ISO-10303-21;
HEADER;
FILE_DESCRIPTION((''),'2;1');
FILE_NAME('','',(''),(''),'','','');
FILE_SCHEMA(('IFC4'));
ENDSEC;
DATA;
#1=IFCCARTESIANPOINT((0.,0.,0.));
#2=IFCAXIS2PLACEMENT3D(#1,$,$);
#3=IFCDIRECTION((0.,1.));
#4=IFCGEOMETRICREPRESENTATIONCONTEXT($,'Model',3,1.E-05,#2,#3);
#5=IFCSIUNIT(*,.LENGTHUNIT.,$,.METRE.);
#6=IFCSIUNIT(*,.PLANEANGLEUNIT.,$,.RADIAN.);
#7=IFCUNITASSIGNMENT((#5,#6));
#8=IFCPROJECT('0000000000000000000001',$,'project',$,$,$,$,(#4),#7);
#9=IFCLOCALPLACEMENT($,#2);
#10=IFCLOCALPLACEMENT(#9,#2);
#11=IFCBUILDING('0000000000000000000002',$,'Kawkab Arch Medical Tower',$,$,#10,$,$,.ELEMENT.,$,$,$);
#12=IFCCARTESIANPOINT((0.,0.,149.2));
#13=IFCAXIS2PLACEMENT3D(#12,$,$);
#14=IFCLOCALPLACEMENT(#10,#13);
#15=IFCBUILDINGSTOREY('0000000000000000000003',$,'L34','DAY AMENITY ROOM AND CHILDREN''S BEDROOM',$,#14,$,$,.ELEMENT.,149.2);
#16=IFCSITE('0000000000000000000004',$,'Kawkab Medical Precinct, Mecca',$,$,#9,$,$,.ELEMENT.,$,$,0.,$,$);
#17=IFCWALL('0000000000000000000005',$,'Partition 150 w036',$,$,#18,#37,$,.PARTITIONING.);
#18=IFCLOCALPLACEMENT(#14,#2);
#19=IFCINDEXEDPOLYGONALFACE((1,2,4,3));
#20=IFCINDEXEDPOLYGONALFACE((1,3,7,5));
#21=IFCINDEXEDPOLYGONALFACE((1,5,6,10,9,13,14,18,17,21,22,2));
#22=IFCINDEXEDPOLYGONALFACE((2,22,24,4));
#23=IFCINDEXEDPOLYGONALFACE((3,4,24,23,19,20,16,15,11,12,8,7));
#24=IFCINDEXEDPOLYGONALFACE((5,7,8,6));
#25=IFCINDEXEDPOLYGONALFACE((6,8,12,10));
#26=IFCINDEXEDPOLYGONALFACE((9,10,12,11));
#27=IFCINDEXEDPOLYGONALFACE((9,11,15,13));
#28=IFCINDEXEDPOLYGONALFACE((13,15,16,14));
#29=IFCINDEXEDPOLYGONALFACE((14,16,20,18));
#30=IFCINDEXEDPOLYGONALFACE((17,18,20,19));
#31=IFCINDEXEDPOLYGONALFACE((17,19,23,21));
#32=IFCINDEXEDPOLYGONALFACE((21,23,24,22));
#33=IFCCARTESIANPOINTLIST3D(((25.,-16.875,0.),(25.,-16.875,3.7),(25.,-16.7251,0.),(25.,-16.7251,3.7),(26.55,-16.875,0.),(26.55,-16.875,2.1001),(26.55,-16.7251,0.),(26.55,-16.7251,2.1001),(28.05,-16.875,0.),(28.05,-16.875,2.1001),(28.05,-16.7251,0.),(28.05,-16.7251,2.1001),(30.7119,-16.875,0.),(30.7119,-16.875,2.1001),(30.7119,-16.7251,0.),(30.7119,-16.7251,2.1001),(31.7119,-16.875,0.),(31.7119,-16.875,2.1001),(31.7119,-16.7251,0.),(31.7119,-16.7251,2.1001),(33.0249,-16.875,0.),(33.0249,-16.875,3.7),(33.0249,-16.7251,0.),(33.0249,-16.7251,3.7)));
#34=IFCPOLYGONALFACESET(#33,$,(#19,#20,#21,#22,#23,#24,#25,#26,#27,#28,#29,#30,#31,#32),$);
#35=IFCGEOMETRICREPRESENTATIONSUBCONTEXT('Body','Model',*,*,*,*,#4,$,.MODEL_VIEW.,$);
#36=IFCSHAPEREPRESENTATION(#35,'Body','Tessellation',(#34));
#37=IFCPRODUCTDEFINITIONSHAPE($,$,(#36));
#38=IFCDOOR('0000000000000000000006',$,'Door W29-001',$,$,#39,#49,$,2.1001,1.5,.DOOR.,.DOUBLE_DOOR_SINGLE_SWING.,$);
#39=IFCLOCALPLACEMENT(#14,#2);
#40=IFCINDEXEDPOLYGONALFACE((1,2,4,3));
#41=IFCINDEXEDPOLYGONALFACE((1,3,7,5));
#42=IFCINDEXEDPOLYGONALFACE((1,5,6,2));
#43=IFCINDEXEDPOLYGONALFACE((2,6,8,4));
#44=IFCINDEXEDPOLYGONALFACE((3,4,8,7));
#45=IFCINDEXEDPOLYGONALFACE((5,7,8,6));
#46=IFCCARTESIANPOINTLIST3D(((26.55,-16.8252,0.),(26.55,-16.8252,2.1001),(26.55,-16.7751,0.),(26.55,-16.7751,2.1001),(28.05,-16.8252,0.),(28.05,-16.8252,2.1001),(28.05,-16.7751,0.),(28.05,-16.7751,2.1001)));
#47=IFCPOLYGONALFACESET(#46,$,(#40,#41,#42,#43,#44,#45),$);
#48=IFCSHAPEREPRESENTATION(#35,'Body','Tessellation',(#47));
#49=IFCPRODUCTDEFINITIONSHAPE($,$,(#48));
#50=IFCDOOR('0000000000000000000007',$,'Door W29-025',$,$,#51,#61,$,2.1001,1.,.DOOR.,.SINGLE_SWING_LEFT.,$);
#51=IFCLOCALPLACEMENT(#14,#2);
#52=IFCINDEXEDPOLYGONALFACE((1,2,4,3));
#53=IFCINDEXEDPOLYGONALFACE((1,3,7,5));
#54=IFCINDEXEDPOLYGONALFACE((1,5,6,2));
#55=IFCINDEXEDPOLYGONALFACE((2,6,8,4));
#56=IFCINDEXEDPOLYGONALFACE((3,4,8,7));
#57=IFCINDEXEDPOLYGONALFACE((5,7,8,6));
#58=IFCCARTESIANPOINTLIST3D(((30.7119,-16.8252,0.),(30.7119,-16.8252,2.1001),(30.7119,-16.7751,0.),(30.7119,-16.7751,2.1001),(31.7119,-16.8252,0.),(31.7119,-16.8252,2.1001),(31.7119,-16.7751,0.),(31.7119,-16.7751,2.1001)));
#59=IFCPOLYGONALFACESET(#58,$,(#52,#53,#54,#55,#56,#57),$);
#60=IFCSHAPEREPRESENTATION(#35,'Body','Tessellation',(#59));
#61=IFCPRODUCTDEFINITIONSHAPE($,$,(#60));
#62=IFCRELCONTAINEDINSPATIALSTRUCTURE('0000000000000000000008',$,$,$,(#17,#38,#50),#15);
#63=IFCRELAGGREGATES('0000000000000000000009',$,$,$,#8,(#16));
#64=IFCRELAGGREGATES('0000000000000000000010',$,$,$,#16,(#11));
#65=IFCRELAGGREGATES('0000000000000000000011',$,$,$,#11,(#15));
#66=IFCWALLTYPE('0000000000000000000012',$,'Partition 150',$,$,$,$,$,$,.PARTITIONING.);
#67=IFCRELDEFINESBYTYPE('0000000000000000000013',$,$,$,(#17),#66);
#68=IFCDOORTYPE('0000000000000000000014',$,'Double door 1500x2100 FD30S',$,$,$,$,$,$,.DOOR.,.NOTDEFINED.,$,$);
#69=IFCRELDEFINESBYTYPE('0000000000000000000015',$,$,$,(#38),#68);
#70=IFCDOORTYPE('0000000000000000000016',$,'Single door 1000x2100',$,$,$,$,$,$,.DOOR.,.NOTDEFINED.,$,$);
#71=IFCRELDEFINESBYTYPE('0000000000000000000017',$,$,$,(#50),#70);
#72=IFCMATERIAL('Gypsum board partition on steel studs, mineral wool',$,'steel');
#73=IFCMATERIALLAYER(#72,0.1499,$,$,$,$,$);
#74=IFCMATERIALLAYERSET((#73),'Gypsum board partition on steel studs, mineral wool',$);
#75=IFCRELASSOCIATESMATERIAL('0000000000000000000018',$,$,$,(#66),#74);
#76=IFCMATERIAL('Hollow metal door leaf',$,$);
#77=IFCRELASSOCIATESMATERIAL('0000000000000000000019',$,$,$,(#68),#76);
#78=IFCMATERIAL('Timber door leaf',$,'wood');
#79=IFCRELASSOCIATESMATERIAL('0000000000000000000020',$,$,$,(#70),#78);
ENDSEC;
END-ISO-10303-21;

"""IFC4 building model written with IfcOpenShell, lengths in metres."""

from ifc_helpers import new_model, si_unit, direction, frame, frame_2d, origin, place, context, subcontext, project, spatial, rectangle, extrude, material, layer, layer_set, type_object, element, fill, save


model = new_model("IFC4")

# Units and contexts
model_context = context("Model", 3, precision=1e-05, world=origin(), true_north=direction((0.0, 1.0)))
body_context = subcontext(model_context, "Body", "Model", "MODEL_VIEW")
ifc_project = project(units=[si_unit("LENGTHUNIT", "METRE"), si_unit("PLANEANGLEUNIT", "RADIAN")], contexts=[model_context])

# Site, building, storey
site_placement = place(None, origin())
site = spatial("IfcSite", under=ifc_project, at=site_placement, Name="Kawkab Medical Precinct, Mecca", CompositionType="ELEMENT", RefElevation=0.0)
building_placement = place(site_placement, origin())
building = spatial("IfcBuilding", under=site, at=building_placement, Name="Kawkab Arch Medical Tower", CompositionType="ELEMENT")
storey_placement = place(building_placement, frame((0.0, 0.0, 149.2)))
storey = spatial("IfcBuildingStorey", under=building, at=storey_placement, Name="L34", Description="DAY AMENITY ROOM AND CHILDREN'S BEDROOM", CompositionType="ELEMENT", Elevation=149.2)

# Shared definitions
ifc_material_1 = material(Name="Gypsum board partition on steel studs, mineral wool", Category="steel")
ifc_layer_1 = layer(ifc_material_1, 0.1499)
ifc_layer_set_1 = layer_set([ifc_layer_1], Name="Gypsum board partition on steel studs, mineral wool")
wall_type_1 = type_object("IfcWallType", Name="Partition 150", PredefinedType="PARTITIONING", material=ifc_layer_set_1)

# Wall, openings, doors
wall_1_placement = place(storey_placement, frame((25.0, -16.8, 0.0), z_axis=(0.0, 0.0, 1.0), x_axis=(1.0, 0.0, 0.0)))
wall_1 = element("IfcWall", 1, at=wall_1_placement, inside=storey, type_object=wall_type_1, Name="Partition 150 w036", PredefinedType="PARTITIONING", context=body_context, shape_type="SweptSolid", body=[
    extrude(rectangle(XDim=8.0249, YDim=0.1499, at=frame_2d((4.0125, 0.0))), origin(), (0.0, 0.0, 1.0), 3.7),
])
opening_1_placement = place(wall_1_placement, frame((1.55, 0.0, 0.0)))
opening_1 = element("IfcOpeningElement", 2, at=opening_1_placement, cuts=wall_1, PredefinedType="OPENING", context=body_context, shape_type="SweptSolid", body=[
    extrude(rectangle(XDim=1.5, YDim=2.1001, at=frame_2d((0.75, 1.05))), frame((0.0, 0.085, 0.0), z_axis=(0.0, -1.0, 0.0), x_axis=(1.0, 0.0, 0.0)), (0.0, 0.0, 1.0), 0.1699),
])
opening_2_placement = place(wall_1_placement, frame((5.7119, 0.0, 0.0)))
opening_2 = element("IfcOpeningElement", 3, at=opening_2_placement, cuts=wall_1, PredefinedType="OPENING", context=body_context, shape_type="SweptSolid", body=[
    extrude(rectangle(XDim=1.0, YDim=2.1001, at=frame_2d((0.5, 1.05))), frame((0.0, 0.085, 0.0), z_axis=(0.0, -1.0, 0.0), x_axis=(1.0, 0.0, 0.0)), (0.0, 0.0, 1.0), 0.1699),
])
ifc_material_2 = material(Name="Hollow metal door leaf")
door_type_1 = type_object("IfcDoorType", Name="Double door 1500x2100 FD30S", OperationType="NOTDEFINED", PredefinedType="DOOR", material=ifc_material_2)
door_1_placement = place(opening_1_placement, origin())
door_1 = element("IfcDoor", 4, at=door_1_placement, inside=storey, type_object=door_type_1, Name="Door W29-001", OperationType="DOUBLE_DOOR_SINGLE_SWING", OverallHeight=2.1001, OverallWidth=1.5, PredefinedType="DOOR", context=body_context, shape_type="SweptSolid", body=[
    extrude(rectangle(XDim=1.5, YDim=2.1001, at=frame_2d((0.75, 1.05))), frame((0.0, 0.0249, 0.0), z_axis=(0.0, -1.0, 0.0), x_axis=(1.0, 0.0, 0.0)), (0.0, 0.0, 1.0), 0.05),
])
fill(opening_1, door_1)
ifc_material_3 = material(Name="Timber door leaf", Category="wood")
door_type_2 = type_object("IfcDoorType", Name="Single door 1000x2100", OperationType="NOTDEFINED", PredefinedType="DOOR", material=ifc_material_3)
door_2_placement = place(opening_2_placement, origin())
door_2 = element("IfcDoor", 5, at=door_2_placement, inside=storey, type_object=door_type_2, Name="Door W29-025", OperationType="SINGLE_SWING_LEFT", OverallHeight=2.1001, OverallWidth=1.0, PredefinedType="DOOR", context=body_context, shape_type="SweptSolid", body=[
    extrude(rectangle(XDim=1.0, YDim=2.1001, at=frame_2d((0.5, 1.05))), frame((0.0, 0.0249, 0.0), z_axis=(0.0, -1.0, 0.0), x_axis=(1.0, 0.0, 0.0)), (0.0, 0.0, 1.0), 0.05),
])
fill(opening_2, door_2)

save(model, "model.ifc")
